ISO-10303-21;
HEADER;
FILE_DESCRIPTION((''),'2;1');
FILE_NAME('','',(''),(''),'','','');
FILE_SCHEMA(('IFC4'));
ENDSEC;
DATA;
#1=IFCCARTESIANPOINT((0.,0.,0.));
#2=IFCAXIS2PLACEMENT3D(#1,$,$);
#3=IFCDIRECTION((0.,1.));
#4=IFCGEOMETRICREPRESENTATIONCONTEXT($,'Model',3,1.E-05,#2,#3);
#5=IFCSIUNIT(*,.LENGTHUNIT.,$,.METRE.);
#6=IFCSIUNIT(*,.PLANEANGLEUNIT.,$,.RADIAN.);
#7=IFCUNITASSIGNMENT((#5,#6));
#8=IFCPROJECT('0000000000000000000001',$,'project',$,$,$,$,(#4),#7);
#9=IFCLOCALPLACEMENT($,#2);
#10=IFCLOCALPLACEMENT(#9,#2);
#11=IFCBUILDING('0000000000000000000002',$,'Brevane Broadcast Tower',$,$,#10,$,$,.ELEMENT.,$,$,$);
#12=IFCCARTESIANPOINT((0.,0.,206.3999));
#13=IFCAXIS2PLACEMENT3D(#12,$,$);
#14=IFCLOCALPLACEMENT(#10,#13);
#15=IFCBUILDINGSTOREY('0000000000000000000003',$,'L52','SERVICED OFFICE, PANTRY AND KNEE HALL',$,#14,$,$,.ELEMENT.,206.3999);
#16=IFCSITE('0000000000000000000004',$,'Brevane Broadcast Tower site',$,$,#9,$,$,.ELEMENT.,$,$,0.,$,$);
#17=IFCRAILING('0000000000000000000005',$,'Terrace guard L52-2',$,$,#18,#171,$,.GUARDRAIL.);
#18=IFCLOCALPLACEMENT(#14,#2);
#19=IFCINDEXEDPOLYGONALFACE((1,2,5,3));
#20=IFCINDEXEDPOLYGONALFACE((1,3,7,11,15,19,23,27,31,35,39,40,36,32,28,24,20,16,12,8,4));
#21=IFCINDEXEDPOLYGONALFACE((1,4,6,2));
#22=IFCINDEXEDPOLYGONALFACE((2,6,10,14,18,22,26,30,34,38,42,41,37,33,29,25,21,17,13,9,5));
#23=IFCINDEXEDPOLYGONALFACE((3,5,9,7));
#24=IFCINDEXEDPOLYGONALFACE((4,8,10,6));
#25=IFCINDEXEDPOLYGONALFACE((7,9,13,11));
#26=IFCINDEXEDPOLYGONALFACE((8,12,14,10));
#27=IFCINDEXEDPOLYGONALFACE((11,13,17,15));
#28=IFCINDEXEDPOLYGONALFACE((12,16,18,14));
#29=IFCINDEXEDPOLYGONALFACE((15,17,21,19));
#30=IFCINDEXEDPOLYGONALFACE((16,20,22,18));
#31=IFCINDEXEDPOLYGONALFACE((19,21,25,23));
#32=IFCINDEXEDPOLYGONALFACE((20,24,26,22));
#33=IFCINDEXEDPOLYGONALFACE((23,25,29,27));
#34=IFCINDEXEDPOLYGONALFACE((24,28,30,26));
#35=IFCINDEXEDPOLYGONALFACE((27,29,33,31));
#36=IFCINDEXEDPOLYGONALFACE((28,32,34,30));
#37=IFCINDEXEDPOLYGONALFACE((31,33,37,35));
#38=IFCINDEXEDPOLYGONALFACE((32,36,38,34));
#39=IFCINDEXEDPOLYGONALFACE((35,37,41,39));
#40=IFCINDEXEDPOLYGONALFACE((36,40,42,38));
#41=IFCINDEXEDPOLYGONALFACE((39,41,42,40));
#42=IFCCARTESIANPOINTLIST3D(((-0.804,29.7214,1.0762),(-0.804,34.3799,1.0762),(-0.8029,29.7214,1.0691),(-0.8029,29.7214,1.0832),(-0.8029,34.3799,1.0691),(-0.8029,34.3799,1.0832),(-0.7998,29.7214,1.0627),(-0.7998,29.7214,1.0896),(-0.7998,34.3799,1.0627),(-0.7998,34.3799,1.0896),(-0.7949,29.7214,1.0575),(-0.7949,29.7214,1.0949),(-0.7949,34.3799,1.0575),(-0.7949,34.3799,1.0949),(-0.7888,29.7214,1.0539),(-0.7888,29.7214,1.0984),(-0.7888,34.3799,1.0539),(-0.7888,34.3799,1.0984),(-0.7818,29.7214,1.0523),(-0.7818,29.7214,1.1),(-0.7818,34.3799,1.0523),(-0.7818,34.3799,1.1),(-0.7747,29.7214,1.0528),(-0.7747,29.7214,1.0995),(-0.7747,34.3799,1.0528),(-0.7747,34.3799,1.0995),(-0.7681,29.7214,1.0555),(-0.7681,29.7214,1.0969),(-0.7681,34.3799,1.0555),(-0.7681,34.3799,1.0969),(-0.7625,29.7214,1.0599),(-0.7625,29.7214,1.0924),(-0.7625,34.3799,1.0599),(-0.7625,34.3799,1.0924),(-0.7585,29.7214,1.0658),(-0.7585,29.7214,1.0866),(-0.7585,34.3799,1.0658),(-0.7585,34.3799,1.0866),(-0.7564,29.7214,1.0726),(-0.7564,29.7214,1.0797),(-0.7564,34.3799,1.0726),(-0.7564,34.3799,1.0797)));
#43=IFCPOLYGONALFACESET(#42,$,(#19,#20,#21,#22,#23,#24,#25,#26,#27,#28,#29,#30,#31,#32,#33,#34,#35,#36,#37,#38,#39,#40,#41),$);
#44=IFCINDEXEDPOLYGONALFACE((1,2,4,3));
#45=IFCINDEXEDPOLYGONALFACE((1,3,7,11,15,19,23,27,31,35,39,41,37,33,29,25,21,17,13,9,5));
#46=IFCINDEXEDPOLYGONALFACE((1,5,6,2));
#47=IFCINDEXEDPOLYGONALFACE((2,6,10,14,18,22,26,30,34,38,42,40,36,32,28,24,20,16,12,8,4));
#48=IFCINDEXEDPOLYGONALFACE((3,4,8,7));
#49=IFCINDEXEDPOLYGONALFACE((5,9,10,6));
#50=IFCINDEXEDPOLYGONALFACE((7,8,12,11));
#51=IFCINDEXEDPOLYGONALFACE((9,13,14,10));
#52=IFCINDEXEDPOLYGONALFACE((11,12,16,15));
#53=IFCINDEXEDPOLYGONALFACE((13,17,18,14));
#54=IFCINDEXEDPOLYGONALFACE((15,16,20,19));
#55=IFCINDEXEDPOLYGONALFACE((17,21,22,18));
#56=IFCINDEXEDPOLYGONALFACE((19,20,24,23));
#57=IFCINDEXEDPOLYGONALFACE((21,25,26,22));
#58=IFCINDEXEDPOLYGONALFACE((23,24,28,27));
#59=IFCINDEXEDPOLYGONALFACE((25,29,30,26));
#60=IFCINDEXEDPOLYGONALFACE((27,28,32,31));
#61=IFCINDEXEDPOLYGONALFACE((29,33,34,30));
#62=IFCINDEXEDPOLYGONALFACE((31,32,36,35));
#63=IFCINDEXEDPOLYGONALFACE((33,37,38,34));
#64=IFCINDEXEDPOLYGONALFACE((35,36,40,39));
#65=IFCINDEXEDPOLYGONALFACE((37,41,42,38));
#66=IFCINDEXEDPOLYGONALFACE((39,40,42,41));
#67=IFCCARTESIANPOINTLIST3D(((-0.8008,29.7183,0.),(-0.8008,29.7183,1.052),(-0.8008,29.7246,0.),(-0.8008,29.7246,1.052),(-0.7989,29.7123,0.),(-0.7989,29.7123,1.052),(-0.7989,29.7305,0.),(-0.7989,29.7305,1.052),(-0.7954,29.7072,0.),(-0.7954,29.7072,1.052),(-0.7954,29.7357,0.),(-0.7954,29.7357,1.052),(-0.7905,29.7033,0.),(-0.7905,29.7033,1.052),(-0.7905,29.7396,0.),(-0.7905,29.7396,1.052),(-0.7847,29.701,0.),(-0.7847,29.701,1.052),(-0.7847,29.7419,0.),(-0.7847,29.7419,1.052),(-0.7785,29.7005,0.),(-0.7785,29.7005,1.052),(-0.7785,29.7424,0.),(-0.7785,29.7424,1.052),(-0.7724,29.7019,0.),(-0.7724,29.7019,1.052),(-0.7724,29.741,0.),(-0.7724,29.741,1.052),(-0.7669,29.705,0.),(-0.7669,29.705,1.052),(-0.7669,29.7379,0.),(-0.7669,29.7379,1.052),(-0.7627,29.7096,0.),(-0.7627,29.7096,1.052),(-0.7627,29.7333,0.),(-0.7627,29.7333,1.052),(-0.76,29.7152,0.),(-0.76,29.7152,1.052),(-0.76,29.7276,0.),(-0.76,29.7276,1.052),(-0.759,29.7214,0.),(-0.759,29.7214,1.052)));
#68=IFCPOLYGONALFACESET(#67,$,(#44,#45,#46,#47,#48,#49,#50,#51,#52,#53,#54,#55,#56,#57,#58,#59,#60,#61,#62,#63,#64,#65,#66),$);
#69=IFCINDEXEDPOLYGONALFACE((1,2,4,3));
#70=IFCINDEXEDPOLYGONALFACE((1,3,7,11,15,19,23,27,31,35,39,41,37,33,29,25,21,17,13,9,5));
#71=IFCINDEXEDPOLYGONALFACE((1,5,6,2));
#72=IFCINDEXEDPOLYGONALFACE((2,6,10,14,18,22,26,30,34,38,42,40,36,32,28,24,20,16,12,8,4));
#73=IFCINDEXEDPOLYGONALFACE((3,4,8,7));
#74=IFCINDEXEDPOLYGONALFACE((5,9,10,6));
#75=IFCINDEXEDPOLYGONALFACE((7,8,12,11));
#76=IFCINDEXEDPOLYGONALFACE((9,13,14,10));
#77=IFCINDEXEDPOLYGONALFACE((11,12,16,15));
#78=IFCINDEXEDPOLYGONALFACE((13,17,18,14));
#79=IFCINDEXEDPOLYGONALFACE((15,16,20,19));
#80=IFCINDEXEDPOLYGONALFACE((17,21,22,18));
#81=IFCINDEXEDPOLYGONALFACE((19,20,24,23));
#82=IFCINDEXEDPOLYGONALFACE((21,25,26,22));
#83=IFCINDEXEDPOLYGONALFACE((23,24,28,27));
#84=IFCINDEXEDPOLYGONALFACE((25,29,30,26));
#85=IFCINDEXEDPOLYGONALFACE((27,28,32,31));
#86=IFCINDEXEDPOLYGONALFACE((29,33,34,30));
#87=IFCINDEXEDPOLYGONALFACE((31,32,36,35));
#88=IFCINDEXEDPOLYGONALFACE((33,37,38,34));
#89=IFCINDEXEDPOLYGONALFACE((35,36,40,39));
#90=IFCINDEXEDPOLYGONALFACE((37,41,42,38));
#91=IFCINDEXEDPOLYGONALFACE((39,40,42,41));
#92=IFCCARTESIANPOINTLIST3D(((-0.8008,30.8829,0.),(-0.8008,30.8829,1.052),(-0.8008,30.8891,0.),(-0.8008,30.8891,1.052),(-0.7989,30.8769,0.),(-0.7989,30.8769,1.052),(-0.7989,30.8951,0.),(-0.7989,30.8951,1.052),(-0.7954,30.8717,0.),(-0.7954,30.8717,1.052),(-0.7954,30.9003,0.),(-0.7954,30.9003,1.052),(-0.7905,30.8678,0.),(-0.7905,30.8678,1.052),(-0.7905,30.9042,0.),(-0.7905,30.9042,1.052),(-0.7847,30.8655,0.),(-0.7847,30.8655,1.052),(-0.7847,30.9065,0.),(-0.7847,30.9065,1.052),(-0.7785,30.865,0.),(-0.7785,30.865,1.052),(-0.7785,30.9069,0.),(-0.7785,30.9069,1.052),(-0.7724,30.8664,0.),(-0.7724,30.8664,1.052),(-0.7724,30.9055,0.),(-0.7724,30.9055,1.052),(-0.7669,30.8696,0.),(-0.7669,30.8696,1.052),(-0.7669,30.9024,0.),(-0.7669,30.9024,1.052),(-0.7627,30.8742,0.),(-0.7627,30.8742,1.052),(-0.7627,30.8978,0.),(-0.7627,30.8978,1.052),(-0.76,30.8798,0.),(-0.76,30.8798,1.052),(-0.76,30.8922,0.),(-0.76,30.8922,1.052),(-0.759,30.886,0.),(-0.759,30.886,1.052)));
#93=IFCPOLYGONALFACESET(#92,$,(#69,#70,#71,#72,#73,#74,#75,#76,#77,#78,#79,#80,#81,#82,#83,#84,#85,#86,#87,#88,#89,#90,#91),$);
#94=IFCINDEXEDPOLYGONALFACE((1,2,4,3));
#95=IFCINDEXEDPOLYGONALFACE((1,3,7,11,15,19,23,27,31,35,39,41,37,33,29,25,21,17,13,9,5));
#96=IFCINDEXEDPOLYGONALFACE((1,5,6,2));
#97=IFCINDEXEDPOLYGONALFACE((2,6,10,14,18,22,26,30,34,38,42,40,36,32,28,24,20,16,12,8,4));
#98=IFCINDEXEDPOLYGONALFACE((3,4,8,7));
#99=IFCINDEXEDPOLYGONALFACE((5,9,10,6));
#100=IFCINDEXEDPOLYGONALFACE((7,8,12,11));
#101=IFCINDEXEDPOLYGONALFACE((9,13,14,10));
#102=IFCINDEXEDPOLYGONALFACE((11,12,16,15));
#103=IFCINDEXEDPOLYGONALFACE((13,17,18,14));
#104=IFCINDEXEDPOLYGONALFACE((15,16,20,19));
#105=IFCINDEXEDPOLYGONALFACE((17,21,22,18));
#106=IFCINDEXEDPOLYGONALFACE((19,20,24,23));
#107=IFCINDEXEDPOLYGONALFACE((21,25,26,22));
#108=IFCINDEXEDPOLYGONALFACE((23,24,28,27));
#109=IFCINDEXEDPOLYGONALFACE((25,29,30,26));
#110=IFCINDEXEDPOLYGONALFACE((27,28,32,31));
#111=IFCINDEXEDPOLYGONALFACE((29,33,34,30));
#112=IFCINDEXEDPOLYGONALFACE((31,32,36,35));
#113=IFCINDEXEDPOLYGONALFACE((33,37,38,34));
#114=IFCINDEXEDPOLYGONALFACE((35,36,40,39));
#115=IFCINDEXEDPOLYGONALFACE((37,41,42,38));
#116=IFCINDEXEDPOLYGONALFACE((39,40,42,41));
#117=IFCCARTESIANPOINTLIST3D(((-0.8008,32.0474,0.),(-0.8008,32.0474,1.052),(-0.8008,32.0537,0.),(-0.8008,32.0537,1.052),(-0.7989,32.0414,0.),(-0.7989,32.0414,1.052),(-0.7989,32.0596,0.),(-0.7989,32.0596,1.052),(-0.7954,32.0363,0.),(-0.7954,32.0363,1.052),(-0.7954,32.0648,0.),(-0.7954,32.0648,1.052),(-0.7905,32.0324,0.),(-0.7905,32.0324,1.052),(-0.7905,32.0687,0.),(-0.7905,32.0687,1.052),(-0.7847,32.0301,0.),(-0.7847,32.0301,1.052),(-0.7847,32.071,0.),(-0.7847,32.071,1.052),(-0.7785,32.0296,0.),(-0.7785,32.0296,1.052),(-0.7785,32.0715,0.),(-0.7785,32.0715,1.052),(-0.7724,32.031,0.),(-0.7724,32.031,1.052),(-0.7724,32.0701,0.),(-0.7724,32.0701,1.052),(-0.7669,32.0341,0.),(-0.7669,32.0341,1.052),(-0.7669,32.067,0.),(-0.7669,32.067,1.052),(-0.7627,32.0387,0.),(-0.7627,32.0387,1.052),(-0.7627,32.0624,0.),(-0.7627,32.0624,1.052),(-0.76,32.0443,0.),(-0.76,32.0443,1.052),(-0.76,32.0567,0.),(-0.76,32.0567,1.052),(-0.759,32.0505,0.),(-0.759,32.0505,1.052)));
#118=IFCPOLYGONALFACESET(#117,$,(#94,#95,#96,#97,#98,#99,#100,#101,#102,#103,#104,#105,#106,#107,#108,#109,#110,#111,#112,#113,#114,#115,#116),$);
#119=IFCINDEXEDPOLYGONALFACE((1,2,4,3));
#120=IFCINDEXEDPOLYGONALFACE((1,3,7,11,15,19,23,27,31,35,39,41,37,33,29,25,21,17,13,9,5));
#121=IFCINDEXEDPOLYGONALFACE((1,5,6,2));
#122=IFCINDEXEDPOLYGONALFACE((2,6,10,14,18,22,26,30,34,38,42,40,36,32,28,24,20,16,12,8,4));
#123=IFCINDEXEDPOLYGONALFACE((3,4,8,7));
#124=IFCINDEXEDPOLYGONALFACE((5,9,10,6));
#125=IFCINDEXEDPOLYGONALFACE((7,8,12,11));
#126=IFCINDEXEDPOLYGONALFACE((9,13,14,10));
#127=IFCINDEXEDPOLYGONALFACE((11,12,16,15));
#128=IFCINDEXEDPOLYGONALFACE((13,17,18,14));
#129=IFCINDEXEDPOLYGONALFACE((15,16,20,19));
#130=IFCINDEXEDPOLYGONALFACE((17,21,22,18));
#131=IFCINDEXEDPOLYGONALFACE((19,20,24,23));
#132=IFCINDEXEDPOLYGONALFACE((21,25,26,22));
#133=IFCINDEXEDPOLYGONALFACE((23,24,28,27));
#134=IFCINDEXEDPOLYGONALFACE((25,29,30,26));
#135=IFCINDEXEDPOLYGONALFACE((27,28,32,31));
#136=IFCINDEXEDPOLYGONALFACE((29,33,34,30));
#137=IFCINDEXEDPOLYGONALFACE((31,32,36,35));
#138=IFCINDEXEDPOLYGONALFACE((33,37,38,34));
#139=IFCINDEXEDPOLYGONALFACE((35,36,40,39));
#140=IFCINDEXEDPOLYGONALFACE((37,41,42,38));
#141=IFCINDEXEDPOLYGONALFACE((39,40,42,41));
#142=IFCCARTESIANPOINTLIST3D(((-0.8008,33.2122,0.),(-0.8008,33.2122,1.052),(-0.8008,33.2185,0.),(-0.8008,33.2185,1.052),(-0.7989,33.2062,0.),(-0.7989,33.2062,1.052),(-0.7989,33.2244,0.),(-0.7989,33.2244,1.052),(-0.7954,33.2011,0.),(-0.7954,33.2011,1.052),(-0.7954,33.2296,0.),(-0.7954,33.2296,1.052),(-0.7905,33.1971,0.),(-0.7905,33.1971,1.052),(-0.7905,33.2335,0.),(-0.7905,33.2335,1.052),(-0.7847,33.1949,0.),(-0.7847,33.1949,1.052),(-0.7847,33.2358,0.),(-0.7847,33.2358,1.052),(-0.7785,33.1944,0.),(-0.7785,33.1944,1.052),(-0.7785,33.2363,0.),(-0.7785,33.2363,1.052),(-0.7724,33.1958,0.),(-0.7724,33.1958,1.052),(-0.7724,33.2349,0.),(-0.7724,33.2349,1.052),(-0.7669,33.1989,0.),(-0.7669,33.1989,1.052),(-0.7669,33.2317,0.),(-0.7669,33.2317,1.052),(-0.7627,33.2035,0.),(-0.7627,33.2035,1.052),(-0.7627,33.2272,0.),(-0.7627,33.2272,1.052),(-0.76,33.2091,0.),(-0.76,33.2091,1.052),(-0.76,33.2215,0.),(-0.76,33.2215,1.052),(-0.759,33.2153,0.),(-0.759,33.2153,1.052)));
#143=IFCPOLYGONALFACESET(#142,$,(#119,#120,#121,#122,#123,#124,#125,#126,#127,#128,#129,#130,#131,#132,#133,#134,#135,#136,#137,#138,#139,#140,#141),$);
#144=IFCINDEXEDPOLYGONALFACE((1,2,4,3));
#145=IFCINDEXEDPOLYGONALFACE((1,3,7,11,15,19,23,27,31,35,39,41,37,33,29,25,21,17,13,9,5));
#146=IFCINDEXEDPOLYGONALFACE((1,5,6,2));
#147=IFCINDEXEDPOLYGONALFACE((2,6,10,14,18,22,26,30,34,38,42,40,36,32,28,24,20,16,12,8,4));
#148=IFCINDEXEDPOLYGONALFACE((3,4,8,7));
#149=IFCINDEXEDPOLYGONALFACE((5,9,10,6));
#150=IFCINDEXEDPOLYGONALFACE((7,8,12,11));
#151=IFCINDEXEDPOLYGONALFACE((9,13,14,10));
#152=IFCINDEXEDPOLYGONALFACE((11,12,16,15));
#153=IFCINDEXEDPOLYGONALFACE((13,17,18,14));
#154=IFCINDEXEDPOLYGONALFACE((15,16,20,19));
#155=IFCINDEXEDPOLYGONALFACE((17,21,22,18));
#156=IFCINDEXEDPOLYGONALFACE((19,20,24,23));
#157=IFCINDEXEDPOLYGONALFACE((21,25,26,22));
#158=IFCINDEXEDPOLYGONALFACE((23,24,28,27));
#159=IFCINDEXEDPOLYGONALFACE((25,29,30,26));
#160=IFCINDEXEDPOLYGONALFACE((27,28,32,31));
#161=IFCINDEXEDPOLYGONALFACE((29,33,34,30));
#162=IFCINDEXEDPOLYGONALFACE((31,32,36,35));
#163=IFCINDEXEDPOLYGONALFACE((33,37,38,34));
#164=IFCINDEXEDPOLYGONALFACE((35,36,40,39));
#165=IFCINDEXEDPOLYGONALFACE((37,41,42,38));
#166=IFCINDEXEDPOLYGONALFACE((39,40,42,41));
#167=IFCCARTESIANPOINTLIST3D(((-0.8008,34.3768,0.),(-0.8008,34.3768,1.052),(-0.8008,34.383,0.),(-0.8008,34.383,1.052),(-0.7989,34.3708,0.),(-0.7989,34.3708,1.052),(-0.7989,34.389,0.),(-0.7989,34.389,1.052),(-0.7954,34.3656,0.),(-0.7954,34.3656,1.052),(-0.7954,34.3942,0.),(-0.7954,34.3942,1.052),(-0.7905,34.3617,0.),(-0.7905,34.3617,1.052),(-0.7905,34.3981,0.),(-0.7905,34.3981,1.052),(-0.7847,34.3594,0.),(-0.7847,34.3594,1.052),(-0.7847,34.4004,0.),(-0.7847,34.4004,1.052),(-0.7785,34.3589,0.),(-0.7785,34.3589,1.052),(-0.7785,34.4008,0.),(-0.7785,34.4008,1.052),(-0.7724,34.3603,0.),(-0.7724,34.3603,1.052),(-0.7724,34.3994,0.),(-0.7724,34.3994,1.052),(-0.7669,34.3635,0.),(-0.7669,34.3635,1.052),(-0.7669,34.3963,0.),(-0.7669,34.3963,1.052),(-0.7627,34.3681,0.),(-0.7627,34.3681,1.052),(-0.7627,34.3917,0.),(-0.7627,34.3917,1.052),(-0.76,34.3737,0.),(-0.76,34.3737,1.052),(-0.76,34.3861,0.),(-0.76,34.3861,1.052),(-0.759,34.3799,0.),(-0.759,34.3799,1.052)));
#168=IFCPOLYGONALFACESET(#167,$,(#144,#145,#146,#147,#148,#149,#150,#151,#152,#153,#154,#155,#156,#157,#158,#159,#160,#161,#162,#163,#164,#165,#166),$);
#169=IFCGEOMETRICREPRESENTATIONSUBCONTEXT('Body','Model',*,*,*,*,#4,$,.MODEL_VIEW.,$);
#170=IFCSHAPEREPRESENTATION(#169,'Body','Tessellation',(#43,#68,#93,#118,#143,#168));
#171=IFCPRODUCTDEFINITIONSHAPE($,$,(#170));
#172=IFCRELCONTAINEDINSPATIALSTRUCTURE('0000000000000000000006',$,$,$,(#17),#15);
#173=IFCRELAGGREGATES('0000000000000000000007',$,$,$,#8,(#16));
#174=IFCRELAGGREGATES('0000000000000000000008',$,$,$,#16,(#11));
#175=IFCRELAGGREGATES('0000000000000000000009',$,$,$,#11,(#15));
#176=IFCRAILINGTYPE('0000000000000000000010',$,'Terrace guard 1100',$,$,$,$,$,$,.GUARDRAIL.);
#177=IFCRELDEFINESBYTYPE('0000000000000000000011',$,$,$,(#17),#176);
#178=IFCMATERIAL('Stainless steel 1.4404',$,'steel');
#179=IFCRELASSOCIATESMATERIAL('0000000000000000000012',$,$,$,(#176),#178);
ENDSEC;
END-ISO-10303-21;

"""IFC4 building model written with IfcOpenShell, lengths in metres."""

from ifc_helpers import new_model, si_unit, direction, frame, origin, origin_2d, place, context, subcontext, project, spatial, circle, extrude, material, type_object, element, save


model = new_model("IFC4")

# Units and contexts
model_context = context("Model", 3, precision=1e-05, world=origin(), true_north=direction((0.0, 1.0)))
body_context = subcontext(model_context, "Body", "Model", "MODEL_VIEW")
ifc_project = project(units=[si_unit("LENGTHUNIT", "METRE"), si_unit("PLANEANGLEUNIT", "RADIAN")], contexts=[model_context])

# Site, building, storey
site_placement = place(None, origin())
site = spatial("IfcSite", under=ifc_project, at=site_placement, Name="Brevane Broadcast Tower site", CompositionType="ELEMENT", RefElevation=0.0)
building_placement = place(site_placement, origin())
building = spatial("IfcBuilding", under=site, at=building_placement, Name="Brevane Broadcast Tower", CompositionType="ELEMENT")
storey_placement = place(building_placement, frame((0.0, 0.0, 206.3999)))
storey = spatial("IfcBuildingStorey", under=building, at=storey_placement, Name="L52", Description="SERVICED OFFICE, PANTRY AND KNEE HALL", CompositionType="ELEMENT", Elevation=206.3999)

# Railing
ifc_material_1 = material(Name="Stainless steel 1.4404", Category="steel")
railing_type_1 = type_object("IfcRailingType", Name="Terrace guard 1100", PredefinedType="GUARDRAIL", material=ifc_material_1)
railing_1_placement = place(storey_placement, frame((-0.78, 29.7214, 0.0)))
element("IfcRailing", 1, at=railing_1_placement, inside=storey, type_object=railing_type_1, Name="Terrace guard L52-2", PredefinedType="GUARDRAIL", context=body_context, shape_type="SweptSolid", body=[
    extrude(circle(Radius=0.0239, at=origin_2d()), frame((0.0, 0.0, 1.0762), z_axis=(0.0, 1.0, 0.0), x_axis=(-1.0, 0.0, 0.0)), (0.0, 0.0, 1.0), 4.6584),
    extrude(circle(Radius=0.021, at=origin_2d()), origin(), (0.0, 0.0, 1.0), 1.052),
    extrude(circle(Radius=0.021, at=origin_2d()), frame((0.0, 1.1646, 0.0)), (0.0, 0.0, 1.0), 1.052),
    extrude(circle(Radius=0.021, at=origin_2d()), frame((0.0, 2.3291, 0.0)), (0.0, 0.0, 1.0), 1.052),
    extrude(circle(Radius=0.021, at=origin_2d()), frame((0.0, 3.4939, 0.0)), (0.0, 0.0, 1.0), 1.052),
    extrude(circle(Radius=0.021, at=origin_2d()), frame((0.0, 4.6584, 0.0)), (0.0, 0.0, 1.0), 1.052),
])

save(model, "model.ifc")
